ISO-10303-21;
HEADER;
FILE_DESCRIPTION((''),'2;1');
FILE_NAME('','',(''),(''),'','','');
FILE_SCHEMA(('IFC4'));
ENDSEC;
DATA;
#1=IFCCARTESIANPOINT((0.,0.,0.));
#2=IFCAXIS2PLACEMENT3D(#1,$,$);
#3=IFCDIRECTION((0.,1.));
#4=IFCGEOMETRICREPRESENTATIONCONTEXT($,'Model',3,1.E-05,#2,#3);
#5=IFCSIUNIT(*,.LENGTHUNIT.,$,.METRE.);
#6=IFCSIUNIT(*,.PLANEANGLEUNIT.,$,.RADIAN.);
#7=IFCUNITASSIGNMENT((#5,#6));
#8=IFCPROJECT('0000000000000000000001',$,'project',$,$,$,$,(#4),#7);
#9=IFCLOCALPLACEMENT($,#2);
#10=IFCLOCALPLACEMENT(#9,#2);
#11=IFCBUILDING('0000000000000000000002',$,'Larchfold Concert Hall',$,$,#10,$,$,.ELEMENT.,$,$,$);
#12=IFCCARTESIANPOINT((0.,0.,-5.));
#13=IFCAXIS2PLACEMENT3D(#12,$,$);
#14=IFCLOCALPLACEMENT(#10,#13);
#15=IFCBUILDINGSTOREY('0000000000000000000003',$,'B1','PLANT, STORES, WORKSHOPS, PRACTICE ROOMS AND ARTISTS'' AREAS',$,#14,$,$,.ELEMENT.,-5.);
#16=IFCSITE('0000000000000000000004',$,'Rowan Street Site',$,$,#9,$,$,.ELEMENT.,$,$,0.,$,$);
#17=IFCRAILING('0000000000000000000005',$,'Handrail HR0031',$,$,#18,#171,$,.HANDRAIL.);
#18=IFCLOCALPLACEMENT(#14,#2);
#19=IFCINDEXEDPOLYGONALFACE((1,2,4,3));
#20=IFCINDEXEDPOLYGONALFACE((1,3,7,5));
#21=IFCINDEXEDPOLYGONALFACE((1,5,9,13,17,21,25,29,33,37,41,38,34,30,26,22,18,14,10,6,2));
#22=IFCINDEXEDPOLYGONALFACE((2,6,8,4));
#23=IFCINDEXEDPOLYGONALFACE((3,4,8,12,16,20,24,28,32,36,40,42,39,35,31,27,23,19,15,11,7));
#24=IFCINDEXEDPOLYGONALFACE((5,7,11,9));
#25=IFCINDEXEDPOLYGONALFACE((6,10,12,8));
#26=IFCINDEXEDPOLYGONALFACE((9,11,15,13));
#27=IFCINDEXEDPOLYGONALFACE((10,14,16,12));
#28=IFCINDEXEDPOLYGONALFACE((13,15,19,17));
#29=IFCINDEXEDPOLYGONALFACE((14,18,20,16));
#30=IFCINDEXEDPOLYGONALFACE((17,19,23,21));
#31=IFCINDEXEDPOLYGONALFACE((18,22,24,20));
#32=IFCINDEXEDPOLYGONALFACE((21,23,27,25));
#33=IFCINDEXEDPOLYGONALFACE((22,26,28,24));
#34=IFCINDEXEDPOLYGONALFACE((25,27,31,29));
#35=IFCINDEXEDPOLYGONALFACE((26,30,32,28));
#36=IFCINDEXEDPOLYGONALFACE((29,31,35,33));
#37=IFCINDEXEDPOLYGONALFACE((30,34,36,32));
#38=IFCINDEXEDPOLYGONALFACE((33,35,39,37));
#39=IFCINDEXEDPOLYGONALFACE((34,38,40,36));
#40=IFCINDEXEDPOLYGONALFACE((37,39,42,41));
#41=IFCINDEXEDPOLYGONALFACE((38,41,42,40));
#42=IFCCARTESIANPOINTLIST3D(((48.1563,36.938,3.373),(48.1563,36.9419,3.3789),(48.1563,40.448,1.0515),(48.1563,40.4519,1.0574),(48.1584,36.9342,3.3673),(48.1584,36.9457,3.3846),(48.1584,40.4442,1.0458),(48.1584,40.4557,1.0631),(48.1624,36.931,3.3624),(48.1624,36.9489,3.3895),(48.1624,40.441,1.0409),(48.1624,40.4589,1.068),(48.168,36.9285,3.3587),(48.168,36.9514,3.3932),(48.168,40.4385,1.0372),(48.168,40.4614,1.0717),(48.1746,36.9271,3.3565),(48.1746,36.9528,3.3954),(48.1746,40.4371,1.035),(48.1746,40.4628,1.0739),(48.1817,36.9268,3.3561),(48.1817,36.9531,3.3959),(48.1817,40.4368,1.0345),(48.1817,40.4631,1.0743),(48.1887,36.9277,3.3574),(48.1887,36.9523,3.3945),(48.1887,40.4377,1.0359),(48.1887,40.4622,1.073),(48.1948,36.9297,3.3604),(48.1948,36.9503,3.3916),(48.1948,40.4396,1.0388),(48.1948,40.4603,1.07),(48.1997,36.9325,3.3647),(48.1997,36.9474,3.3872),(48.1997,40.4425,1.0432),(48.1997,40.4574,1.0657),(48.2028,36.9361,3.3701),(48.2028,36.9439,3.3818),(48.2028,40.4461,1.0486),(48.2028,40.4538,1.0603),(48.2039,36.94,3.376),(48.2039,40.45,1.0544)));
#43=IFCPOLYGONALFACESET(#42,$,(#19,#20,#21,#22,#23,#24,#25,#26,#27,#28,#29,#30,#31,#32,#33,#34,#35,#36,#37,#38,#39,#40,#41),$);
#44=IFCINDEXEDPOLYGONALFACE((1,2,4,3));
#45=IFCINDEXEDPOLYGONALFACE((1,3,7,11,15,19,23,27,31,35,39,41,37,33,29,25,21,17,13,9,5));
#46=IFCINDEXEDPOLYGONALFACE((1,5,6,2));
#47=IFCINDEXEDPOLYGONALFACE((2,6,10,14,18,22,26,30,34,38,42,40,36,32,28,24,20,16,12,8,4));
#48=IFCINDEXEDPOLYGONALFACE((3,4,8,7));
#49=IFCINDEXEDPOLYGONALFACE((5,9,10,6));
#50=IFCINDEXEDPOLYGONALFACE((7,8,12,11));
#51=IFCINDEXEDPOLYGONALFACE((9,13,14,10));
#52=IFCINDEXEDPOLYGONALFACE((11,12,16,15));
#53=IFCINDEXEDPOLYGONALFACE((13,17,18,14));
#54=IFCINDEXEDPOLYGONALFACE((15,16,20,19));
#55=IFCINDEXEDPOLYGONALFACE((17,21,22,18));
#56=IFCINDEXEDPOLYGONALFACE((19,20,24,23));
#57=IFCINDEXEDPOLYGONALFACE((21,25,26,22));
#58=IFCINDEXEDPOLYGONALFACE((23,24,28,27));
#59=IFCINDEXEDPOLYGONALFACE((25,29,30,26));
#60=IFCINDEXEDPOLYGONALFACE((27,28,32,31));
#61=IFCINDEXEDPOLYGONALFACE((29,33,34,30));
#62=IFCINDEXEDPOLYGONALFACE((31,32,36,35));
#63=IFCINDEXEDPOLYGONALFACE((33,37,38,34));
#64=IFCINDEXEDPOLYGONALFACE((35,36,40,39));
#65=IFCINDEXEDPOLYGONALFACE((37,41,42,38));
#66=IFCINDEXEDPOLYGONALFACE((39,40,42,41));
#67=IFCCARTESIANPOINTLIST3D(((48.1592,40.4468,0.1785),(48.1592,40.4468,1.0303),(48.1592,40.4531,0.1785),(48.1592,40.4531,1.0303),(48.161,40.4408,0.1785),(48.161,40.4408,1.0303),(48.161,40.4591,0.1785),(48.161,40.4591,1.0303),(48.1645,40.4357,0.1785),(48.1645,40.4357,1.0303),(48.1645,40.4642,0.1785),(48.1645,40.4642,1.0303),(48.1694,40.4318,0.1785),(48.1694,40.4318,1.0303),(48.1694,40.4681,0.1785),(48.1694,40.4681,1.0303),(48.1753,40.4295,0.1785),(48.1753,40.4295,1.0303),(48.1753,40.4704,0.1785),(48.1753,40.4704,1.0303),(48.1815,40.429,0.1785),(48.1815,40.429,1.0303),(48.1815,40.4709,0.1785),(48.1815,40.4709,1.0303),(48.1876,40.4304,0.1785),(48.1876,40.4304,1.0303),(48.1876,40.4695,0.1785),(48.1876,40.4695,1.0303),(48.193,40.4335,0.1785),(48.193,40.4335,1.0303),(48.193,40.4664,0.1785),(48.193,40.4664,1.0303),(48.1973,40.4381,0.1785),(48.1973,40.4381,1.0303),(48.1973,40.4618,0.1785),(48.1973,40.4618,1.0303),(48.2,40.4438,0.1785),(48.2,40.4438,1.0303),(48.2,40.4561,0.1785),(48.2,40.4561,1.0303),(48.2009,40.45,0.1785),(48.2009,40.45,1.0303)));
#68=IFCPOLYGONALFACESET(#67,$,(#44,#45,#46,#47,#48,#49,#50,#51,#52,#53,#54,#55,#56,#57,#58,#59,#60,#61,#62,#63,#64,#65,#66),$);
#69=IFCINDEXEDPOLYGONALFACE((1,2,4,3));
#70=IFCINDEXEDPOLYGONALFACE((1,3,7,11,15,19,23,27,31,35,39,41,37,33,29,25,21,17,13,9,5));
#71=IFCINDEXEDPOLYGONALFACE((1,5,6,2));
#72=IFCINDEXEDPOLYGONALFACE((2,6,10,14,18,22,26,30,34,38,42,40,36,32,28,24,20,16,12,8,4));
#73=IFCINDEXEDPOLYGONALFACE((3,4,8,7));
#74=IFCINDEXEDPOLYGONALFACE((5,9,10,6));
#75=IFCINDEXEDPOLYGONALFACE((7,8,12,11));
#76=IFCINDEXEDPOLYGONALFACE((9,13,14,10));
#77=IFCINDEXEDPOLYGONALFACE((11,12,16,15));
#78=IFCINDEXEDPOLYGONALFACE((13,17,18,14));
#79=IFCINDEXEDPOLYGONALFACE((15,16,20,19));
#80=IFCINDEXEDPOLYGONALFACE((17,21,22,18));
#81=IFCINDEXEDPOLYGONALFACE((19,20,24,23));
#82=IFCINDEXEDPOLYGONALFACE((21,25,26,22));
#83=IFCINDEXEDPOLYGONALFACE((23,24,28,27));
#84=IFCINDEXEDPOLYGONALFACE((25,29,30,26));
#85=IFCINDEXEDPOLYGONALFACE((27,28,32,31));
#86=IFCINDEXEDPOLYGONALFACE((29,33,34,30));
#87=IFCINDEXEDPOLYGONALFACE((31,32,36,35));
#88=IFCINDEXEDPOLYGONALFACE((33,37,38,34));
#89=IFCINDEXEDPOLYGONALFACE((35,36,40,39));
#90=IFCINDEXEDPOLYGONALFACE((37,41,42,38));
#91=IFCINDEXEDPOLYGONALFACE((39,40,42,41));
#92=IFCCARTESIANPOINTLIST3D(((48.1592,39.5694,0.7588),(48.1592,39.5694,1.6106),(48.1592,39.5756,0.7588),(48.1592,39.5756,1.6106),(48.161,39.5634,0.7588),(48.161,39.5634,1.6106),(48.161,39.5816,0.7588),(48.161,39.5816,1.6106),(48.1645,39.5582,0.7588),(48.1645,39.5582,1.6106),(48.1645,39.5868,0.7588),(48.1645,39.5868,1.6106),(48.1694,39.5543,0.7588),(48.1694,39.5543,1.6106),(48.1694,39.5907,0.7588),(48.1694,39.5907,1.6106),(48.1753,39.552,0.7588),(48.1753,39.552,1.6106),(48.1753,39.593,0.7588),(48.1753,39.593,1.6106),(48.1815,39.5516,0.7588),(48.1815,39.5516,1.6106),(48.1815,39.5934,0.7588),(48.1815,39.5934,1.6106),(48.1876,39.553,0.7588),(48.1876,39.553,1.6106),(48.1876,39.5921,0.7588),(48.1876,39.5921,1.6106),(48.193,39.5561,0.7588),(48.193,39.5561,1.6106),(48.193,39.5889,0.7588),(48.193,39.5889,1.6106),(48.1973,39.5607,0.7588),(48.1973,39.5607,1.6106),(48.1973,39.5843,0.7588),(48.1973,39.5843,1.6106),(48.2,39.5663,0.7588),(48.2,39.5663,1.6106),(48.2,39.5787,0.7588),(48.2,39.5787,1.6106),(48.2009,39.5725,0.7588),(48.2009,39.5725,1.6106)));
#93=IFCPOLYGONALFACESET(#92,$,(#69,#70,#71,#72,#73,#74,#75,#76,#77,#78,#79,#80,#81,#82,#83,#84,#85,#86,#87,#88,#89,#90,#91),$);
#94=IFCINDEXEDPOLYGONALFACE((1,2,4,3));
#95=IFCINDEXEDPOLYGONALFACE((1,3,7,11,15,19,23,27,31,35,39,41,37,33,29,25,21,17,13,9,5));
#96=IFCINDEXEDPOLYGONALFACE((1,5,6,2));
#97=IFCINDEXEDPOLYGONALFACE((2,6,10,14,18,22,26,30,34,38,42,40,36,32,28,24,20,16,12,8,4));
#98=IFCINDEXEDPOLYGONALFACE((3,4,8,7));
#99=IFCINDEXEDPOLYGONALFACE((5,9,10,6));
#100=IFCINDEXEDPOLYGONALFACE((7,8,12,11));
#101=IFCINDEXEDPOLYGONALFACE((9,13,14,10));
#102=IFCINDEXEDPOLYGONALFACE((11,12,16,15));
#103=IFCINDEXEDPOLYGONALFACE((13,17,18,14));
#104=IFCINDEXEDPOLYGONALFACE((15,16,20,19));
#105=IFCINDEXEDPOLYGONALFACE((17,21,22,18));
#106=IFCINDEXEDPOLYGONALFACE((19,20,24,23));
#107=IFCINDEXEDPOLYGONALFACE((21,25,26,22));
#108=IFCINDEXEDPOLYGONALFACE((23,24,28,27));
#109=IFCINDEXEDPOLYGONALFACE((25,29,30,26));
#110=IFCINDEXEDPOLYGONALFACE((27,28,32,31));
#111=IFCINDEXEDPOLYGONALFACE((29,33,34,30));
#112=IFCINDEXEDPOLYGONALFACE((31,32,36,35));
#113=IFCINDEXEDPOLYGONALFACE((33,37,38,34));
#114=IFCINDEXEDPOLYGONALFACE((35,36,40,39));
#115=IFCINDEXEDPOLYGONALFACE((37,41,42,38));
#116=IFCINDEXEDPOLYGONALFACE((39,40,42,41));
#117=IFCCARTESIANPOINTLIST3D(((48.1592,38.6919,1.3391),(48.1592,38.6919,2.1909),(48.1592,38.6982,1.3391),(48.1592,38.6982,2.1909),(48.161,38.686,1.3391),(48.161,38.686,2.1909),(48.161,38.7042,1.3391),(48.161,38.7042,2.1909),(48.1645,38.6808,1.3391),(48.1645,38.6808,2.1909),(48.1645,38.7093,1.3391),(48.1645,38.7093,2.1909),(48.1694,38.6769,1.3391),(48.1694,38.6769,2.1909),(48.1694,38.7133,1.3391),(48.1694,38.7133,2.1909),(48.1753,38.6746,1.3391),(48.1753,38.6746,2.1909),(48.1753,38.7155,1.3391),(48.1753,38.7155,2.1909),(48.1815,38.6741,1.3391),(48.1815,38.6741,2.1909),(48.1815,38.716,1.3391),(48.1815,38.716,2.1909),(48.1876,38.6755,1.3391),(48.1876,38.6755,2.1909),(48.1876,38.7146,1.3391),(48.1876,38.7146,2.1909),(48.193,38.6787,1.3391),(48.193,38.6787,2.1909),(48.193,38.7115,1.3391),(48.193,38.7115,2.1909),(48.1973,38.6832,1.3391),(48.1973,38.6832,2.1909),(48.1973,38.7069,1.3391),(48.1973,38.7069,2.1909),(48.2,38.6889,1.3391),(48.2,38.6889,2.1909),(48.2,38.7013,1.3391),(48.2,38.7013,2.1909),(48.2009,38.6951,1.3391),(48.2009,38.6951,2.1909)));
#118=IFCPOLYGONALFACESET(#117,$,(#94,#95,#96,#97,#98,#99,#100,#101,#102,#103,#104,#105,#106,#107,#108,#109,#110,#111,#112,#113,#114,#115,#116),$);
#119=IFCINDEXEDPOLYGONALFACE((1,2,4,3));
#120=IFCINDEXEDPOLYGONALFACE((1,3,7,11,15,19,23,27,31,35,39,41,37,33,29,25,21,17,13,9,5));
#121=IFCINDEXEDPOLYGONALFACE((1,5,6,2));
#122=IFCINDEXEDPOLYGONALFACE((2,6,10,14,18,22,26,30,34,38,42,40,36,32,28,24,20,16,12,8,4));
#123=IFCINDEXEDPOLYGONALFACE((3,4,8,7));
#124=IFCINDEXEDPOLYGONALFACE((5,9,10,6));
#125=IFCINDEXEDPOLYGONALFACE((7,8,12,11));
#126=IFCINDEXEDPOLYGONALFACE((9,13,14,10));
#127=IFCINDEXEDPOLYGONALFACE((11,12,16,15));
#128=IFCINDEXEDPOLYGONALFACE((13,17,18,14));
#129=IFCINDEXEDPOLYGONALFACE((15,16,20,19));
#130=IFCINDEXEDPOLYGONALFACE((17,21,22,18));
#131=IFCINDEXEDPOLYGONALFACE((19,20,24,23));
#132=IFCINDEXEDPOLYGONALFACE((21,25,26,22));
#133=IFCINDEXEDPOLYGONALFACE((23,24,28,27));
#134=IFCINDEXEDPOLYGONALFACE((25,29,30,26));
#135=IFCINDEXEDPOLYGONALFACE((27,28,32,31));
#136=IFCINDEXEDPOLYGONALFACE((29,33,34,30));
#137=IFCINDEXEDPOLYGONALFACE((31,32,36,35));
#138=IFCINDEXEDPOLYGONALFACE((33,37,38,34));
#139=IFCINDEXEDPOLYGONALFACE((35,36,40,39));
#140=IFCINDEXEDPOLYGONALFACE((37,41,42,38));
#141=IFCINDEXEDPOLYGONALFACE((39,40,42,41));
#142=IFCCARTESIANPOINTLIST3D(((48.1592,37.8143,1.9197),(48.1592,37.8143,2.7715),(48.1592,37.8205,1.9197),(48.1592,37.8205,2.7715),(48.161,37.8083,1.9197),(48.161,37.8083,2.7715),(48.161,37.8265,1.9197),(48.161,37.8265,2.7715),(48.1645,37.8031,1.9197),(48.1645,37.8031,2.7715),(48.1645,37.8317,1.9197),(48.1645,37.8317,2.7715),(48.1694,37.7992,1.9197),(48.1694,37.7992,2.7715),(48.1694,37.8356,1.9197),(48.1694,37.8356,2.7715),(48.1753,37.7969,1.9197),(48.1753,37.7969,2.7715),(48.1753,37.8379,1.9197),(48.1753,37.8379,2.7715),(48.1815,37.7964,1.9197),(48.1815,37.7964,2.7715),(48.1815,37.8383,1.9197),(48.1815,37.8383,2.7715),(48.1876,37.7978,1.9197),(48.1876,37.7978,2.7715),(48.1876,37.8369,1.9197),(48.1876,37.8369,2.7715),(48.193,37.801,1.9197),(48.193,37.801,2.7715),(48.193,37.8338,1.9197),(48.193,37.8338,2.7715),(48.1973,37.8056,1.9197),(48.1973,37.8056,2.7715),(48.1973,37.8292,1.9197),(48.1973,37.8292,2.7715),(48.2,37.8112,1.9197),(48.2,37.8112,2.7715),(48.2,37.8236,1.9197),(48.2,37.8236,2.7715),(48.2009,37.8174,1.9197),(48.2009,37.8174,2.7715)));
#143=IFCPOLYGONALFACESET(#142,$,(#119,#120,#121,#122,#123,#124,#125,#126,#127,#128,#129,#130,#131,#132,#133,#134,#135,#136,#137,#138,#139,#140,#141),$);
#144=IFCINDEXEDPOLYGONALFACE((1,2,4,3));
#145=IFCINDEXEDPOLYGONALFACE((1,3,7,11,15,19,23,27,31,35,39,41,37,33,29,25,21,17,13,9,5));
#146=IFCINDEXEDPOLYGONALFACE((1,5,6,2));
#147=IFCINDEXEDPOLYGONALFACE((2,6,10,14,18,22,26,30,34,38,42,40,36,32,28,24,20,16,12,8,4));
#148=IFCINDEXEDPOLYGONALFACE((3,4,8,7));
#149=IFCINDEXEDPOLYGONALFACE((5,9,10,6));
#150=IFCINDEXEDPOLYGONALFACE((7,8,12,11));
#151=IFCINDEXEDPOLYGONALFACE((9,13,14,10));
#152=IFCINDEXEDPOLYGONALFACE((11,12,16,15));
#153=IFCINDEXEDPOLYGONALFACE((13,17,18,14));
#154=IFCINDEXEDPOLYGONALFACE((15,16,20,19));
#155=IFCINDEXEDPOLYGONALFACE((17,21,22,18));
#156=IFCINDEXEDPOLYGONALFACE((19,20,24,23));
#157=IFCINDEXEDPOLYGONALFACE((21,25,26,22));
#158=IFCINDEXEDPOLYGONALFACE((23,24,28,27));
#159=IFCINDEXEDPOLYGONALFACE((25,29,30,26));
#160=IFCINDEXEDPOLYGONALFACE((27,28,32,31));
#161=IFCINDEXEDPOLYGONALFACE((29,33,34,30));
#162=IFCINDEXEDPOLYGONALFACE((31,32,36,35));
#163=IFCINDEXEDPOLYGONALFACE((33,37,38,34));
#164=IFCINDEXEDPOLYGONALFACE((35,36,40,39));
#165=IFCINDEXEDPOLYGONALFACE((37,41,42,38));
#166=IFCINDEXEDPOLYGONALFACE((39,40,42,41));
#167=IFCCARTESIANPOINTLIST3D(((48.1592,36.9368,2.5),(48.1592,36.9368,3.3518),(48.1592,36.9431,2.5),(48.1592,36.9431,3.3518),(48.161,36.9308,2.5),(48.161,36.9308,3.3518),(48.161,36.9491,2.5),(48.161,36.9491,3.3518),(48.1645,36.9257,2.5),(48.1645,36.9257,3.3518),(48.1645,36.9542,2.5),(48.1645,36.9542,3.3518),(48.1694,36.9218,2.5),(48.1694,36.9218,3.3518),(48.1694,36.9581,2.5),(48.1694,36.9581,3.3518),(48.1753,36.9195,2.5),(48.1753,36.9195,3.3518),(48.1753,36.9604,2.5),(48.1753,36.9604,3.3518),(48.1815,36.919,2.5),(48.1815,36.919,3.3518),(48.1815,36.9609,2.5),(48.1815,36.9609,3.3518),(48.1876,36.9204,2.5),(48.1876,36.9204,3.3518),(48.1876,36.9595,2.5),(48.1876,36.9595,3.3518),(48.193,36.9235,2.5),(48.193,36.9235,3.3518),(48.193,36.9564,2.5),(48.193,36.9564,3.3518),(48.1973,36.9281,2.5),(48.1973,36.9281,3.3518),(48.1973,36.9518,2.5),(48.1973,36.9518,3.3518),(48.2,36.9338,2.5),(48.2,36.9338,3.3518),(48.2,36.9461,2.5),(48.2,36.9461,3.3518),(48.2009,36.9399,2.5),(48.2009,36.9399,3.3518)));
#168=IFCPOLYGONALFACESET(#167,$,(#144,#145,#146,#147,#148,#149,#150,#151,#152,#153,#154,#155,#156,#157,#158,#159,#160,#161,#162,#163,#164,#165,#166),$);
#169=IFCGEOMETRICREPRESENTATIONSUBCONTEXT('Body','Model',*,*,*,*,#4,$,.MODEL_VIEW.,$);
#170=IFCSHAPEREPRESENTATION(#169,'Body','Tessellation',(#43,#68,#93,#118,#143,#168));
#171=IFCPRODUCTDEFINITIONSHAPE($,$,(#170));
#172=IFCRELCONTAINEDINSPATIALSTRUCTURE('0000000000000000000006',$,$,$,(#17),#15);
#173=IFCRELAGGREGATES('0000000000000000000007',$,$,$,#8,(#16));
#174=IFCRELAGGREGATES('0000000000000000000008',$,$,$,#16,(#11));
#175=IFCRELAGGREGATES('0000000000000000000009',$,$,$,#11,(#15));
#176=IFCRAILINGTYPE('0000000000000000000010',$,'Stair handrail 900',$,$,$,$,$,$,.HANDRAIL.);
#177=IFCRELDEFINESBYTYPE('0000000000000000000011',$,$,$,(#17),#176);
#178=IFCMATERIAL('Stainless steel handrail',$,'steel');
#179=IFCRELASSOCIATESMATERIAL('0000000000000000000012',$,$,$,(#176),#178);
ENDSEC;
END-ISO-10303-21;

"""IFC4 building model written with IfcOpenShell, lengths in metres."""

from ifc_helpers import new_model, si_unit, direction, frame, origin, origin_2d, place, context, subcontext, project, spatial, circle, extrude, material, type_object, element, save


model = new_model("IFC4")

# Units and contexts
model_context = context("Model", 3, precision=1e-05, world=origin(), true_north=direction((0.0, 1.0)))
body_context = subcontext(model_context, "Body", "Model", "MODEL_VIEW")
ifc_project = project(units=[si_unit("LENGTHUNIT", "METRE"), si_unit("PLANEANGLEUNIT", "RADIAN")], contexts=[model_context])

# Site, building, storey
site_placement = place(None, origin())
site = spatial("IfcSite", under=ifc_project, at=site_placement, Name="Rowan Street Site", CompositionType="ELEMENT", RefElevation=0.0)
building_placement = place(site_placement, origin())
building = spatial("IfcBuilding", under=site, at=building_placement, Name="Larchfold Concert Hall", CompositionType="ELEMENT")
storey_placement = place(building_placement, frame((0.0, 0.0, -5.0)))
storey = spatial("IfcBuildingStorey", under=building, at=storey_placement, Name="B1", Description="PLANT, STORES, WORKSHOPS, PRACTICE ROOMS AND ARTISTS' AREAS", CompositionType="ELEMENT", Elevation=-5.0)

# Railing
ifc_material_1 = material(Name="Stainless steel handrail", Category="steel")
railing_type_1 = type_object("IfcRailingType", Name="Stair handrail 900", PredefinedType="HANDRAIL", material=ifc_material_1)
for number, where, name in (
    (1, (48.1799, 40.45, 0.1785), "Handrail HR0031"),
):
    element("IfcRailing", number, at=place(storey_placement, frame(where)), inside=storey, type_object=railing_type_1, Name=name, PredefinedType="HANDRAIL", context=body_context, shape_type="SweptSolid", body=[
        extrude(circle(Radius=0.0239, at=origin_2d()), frame((0.0, 0.0, 0.876), z_axis=(0.0, -0.834071, 0.551657), x_axis=(1.0, 0.0, 0.0)), (0.0, 0.0, 1.0), 4.2083),
        extrude(circle(Radius=0.021, at=origin_2d()), origin(), (0.0, 0.0, 1.0), 0.8518),
        extrude(circle(Radius=0.021, at=origin_2d()), frame((0.0, -0.8774, 0.5803)), (0.0, 0.0, 1.0), 0.8518),
        extrude(circle(Radius=0.021, at=origin_2d()), frame((0.0, -1.7549, 1.1606)), (0.0, 0.0, 1.0), 0.8518),
        extrude(circle(Radius=0.021, at=origin_2d()), frame((0.0, -2.6326, 1.7412)), (0.0, 0.0, 1.0), 0.8518),
        extrude(circle(Radius=0.021, at=origin_2d()), frame((0.0, -3.51, 2.3215)), (0.0, 0.0, 1.0), 0.8518),
    ])

save(model, "model.ifc")
